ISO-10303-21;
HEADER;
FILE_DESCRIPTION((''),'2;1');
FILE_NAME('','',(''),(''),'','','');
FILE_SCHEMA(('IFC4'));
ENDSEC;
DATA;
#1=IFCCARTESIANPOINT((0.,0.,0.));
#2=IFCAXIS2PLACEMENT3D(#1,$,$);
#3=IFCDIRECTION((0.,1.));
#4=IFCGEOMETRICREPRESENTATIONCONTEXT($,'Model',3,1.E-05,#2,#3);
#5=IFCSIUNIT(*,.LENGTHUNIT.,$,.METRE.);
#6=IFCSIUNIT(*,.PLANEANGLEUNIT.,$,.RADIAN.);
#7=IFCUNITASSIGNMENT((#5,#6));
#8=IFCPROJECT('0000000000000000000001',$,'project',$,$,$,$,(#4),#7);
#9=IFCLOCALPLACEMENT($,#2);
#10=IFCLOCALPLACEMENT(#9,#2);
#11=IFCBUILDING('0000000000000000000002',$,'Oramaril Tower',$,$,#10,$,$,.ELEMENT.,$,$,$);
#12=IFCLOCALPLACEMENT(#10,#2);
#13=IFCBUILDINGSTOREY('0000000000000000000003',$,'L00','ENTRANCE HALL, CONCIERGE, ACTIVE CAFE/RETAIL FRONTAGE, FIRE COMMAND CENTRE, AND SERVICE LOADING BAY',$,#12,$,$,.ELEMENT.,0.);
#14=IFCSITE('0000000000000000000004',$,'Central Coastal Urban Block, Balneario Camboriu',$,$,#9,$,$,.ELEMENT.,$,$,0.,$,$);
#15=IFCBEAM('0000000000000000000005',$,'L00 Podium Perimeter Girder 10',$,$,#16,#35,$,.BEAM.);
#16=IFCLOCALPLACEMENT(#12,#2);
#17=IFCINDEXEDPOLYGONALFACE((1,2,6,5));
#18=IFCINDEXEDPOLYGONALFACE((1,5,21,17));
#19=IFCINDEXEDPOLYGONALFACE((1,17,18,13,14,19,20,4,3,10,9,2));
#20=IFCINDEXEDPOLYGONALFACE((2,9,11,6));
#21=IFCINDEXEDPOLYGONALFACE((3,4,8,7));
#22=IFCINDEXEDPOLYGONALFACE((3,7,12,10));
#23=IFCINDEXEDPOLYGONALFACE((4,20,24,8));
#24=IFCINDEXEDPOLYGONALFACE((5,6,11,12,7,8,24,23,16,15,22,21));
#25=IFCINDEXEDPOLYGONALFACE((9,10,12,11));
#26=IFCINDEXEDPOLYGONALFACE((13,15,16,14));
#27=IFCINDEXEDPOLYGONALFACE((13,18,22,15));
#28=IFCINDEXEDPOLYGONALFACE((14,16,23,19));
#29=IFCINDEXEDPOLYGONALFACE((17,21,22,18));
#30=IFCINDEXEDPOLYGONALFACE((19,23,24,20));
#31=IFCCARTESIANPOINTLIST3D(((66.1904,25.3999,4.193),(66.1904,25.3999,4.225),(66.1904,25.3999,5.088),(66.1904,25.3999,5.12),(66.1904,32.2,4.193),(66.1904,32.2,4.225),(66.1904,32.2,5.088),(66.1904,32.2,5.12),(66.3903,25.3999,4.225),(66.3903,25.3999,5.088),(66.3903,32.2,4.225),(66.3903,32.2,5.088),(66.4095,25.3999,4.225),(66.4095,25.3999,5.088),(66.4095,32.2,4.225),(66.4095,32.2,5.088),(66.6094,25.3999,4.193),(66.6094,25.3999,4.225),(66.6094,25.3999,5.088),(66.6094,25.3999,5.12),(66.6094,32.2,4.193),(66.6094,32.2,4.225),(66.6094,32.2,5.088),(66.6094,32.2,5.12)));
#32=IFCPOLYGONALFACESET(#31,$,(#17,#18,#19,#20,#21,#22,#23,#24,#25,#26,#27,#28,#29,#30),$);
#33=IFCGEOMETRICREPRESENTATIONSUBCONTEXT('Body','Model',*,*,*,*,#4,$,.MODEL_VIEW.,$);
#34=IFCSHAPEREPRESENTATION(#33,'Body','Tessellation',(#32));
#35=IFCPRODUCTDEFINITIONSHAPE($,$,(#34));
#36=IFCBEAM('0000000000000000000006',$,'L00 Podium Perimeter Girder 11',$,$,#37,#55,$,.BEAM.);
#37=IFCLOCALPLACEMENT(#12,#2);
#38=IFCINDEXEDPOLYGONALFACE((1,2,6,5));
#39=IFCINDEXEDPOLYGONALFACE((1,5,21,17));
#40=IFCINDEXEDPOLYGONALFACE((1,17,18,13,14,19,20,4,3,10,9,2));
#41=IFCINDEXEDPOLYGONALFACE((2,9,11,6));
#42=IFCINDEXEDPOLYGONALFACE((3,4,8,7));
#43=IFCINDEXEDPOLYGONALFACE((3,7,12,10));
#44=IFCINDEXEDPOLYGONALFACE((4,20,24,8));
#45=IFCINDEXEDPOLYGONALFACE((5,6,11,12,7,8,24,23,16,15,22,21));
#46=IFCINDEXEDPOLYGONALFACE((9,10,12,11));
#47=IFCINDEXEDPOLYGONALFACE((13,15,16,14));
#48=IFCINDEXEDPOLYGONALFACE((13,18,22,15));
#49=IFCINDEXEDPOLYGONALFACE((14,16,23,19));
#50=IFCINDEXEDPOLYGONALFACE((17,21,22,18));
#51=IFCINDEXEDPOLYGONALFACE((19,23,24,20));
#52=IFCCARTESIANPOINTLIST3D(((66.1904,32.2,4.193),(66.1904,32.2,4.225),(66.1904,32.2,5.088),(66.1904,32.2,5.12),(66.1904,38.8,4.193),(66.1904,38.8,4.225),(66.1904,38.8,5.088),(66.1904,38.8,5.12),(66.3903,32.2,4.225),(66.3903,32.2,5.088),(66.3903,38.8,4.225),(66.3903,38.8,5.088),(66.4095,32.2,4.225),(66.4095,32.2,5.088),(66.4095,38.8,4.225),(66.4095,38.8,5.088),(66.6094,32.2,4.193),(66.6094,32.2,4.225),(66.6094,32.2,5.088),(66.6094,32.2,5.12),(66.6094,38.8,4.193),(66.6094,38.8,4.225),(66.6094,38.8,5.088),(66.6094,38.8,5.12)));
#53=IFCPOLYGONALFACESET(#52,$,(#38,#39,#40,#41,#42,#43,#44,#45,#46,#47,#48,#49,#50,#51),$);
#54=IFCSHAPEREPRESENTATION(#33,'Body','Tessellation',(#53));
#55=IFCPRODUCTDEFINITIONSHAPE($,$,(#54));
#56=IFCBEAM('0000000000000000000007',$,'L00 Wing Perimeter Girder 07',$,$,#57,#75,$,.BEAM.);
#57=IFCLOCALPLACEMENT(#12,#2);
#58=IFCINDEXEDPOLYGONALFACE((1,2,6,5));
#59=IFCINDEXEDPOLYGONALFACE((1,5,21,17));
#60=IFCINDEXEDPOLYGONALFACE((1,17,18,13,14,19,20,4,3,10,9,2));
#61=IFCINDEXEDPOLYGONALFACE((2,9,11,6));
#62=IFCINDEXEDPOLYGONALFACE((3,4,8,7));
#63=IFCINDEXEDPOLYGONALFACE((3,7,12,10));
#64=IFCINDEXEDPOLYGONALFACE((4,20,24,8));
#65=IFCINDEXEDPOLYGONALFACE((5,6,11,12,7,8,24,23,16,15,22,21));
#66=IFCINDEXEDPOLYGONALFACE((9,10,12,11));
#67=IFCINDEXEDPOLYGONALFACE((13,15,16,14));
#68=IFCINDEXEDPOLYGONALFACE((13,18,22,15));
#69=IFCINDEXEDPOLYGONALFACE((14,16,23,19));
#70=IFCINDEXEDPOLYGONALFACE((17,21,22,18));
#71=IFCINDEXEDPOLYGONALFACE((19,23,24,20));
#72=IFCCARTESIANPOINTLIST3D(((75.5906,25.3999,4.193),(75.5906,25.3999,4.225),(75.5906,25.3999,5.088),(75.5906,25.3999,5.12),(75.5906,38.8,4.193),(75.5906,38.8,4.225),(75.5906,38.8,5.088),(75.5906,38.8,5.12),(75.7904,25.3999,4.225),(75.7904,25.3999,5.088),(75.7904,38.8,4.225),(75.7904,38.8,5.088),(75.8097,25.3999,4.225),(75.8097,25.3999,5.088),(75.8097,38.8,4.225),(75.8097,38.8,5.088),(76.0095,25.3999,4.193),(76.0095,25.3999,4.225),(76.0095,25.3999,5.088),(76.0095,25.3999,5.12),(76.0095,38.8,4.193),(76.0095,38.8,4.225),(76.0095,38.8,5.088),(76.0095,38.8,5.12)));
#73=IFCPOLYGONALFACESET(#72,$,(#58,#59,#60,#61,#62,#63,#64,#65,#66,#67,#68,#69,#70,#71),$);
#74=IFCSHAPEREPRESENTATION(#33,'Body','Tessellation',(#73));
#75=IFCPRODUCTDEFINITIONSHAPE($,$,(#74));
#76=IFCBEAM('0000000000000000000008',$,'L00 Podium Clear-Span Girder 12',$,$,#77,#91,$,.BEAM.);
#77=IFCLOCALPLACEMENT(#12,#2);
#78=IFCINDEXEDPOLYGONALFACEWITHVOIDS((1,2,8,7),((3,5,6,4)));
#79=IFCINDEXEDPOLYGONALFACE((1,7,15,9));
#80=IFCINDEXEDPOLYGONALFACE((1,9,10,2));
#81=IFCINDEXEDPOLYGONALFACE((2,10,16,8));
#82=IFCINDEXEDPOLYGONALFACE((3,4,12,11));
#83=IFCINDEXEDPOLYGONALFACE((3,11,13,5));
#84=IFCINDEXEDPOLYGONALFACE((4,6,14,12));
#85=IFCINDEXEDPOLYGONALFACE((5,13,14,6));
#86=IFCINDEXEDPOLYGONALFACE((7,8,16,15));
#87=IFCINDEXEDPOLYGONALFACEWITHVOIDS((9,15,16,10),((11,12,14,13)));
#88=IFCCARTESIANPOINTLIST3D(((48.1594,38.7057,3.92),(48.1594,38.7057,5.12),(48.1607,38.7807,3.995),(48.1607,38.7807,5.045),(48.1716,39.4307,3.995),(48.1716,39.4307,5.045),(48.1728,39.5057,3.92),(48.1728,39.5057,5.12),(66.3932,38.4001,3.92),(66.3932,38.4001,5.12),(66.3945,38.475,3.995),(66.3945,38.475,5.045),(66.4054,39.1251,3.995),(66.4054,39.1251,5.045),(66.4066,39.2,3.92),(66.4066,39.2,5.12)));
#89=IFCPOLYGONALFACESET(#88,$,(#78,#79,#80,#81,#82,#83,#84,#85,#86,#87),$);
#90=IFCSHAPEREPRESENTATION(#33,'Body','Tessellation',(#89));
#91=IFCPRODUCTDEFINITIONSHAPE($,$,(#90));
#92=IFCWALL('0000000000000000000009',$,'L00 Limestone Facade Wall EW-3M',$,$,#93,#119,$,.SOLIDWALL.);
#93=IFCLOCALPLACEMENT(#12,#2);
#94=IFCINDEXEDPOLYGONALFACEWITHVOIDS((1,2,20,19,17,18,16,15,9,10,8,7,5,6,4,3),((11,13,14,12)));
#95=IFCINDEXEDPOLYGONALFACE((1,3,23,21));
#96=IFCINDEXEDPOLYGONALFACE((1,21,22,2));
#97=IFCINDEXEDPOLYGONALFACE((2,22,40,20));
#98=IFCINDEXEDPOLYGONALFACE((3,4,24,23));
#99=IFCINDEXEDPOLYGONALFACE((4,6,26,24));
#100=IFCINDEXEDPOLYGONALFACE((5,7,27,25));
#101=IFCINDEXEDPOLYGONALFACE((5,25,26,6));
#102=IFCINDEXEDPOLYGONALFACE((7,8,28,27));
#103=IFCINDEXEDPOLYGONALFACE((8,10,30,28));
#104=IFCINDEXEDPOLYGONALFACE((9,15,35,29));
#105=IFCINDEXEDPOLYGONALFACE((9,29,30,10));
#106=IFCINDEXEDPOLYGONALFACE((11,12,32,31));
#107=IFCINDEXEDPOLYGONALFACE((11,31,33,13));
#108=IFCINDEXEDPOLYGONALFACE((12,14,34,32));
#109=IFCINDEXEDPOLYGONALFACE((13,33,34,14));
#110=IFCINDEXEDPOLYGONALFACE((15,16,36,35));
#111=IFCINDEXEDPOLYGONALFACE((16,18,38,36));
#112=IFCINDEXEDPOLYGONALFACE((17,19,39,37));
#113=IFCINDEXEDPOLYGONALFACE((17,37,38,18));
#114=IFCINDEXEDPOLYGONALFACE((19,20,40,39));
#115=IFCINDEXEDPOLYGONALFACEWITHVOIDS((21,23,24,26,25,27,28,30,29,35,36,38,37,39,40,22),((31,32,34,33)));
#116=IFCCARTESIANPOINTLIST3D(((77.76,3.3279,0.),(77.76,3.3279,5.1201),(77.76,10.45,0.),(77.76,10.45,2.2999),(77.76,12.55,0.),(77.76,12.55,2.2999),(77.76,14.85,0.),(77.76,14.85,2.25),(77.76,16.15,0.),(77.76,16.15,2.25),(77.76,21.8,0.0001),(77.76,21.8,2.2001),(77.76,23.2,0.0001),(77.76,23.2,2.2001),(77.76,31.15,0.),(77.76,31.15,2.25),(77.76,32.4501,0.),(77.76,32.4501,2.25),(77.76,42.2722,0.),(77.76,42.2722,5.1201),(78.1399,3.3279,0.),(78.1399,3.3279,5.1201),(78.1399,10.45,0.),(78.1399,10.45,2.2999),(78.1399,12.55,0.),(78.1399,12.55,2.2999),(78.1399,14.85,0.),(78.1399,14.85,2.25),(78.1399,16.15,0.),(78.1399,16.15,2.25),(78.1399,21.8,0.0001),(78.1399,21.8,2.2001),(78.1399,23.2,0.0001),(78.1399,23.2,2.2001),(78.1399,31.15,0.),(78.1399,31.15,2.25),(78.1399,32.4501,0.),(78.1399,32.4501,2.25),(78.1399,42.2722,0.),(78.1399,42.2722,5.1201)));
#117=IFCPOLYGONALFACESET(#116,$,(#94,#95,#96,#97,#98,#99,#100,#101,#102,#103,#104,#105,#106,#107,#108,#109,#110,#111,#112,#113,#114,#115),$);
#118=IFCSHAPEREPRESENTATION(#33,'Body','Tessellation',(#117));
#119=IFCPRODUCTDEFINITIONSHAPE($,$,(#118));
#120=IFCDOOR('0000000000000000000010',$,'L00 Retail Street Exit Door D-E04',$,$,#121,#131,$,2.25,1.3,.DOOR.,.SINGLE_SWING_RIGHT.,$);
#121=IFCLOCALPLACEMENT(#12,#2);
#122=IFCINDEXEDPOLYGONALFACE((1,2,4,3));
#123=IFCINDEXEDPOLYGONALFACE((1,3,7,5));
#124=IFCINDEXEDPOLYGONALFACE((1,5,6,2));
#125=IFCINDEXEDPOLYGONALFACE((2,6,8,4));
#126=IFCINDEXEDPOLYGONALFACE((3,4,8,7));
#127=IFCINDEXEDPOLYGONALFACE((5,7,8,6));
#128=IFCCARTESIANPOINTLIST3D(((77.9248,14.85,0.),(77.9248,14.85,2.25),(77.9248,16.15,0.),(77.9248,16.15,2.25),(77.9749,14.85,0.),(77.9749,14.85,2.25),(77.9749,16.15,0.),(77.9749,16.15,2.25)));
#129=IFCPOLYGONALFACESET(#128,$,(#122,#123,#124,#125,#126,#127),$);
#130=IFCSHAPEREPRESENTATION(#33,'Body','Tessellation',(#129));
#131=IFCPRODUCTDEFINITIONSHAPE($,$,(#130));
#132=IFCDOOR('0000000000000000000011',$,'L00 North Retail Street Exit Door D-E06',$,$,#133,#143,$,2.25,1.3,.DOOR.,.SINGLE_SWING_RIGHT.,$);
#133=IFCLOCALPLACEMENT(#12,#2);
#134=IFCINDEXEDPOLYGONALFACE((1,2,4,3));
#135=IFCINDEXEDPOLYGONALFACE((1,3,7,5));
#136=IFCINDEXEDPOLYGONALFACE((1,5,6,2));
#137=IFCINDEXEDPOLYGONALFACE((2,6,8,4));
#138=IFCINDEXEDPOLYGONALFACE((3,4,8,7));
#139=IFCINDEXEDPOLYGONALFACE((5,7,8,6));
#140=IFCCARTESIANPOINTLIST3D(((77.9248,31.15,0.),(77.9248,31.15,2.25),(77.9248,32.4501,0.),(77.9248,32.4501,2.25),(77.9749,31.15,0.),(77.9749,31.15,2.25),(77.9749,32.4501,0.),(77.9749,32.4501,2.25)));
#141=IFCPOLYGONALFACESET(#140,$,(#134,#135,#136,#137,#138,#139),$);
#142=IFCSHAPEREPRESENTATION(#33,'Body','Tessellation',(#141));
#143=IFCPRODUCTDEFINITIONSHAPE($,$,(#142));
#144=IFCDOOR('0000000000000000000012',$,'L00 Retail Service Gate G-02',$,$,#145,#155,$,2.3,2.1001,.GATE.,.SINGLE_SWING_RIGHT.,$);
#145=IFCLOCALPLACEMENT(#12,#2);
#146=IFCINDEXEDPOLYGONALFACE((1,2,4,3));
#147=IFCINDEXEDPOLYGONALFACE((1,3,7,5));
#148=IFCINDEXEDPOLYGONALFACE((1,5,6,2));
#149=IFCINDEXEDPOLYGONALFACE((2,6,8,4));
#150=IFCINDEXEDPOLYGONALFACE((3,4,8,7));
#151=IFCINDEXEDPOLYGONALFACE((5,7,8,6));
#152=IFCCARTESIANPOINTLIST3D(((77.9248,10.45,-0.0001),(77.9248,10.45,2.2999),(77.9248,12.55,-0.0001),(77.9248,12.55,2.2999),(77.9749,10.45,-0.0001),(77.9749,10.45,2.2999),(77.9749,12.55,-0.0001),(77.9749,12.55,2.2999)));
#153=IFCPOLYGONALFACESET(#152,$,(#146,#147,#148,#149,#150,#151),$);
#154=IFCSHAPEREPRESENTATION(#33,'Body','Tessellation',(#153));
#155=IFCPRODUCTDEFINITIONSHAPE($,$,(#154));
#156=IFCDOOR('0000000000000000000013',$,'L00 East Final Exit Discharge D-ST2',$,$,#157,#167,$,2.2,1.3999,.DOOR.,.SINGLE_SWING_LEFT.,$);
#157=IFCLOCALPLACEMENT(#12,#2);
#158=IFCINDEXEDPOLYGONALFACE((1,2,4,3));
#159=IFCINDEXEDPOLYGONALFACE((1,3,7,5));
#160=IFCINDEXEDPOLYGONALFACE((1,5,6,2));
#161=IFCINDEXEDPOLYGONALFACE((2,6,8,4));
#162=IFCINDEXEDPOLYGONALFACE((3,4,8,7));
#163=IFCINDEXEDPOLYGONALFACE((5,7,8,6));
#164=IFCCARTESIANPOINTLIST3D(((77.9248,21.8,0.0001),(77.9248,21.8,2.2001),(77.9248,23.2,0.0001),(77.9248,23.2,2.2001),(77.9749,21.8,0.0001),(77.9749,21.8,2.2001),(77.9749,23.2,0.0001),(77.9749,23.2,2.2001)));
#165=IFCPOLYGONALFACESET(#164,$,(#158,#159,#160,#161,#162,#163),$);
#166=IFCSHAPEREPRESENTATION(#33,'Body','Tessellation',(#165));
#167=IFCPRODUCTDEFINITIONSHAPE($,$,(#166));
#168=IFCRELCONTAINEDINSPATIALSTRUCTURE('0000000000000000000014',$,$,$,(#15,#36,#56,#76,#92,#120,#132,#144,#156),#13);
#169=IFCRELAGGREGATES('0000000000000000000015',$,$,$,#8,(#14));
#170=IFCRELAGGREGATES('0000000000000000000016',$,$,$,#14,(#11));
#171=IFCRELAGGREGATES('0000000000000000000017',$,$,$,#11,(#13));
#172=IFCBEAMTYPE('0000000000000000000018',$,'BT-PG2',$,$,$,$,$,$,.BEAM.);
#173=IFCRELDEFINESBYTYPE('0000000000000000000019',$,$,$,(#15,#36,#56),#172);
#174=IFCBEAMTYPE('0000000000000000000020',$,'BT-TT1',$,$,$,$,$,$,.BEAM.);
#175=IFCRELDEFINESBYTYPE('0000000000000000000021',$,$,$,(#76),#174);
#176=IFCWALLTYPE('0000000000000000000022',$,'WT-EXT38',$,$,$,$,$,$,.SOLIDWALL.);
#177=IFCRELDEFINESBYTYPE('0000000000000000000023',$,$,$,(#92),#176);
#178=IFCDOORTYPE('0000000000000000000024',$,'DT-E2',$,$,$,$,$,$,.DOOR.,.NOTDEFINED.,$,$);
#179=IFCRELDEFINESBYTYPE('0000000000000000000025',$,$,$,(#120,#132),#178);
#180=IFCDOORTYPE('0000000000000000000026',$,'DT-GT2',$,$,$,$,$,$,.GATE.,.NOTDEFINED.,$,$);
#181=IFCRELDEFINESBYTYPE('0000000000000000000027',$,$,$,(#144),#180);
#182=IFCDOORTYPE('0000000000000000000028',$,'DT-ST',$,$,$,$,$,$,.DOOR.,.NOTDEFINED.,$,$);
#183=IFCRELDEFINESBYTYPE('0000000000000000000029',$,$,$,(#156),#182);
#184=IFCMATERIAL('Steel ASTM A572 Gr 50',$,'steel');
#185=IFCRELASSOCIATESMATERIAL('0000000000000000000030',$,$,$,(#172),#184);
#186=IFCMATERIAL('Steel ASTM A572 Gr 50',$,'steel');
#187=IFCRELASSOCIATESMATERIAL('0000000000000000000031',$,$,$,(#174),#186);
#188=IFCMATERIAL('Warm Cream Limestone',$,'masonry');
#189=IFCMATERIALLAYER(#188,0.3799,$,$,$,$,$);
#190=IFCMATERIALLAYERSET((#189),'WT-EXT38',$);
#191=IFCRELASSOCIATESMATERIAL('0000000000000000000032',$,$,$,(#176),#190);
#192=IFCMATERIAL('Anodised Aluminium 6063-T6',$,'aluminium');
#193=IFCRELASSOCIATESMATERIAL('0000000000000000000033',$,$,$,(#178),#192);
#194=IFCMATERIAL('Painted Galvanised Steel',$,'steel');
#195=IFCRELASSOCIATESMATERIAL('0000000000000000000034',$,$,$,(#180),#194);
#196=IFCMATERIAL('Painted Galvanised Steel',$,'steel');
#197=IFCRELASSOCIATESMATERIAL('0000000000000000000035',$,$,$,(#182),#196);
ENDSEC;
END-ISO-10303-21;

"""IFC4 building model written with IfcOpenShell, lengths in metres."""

from ifc_helpers import new_model, si_unit, direction, frame, frame_2d, origin, origin_2d, place, context, subcontext, project, spatial, rectangle, hollow_rectangle, i_section, extrude, material, layer, layer_set, material_profile, profile_set, type_object, element, fill, save


model = new_model("IFC4")

# Units and contexts
model_context = context("Model", 3, precision=1e-05, world=origin(), true_north=direction((0.0, 1.0)))
body_context = subcontext(model_context, "Body", "Model", "MODEL_VIEW")
ifc_project = project(units=[si_unit("LENGTHUNIT", "METRE"), si_unit("PLANEANGLEUNIT", "RADIAN")], contexts=[model_context])

# Site, building, storey
site_placement = place(None, origin())
site = spatial("IfcSite", under=ifc_project, at=site_placement, Name="Central Coastal Urban Block, Balneario Camboriu", CompositionType="ELEMENT", RefElevation=0.0)
building_placement = place(site_placement, origin())
building = spatial("IfcBuilding", under=site, at=building_placement, Name="Oramaril Tower", CompositionType="ELEMENT")
storey_placement = place(building_placement, origin())
storey = spatial("IfcBuildingStorey", under=building, at=storey_placement, Name="L00", Description="ENTRANCE HALL, CONCIERGE, ACTIVE CAFE/RETAIL FRONTAGE, FIRE COMMAND CENTRE, AND SERVICE LOADING BAY", CompositionType="ELEMENT", Elevation=0.0)

# Beams
ifc_material_1 = material(Name="Steel ASTM A572 Gr 50", Category="steel")
ifc_material_profile_1 = material_profile(ifc_material_1, i_section(OverallWidth=0.4189, OverallDepth=0.927, WebThickness=0.0193, FlangeThickness=0.032, at=origin_2d()), Name="W36X231")
ifc_profile_set_1 = profile_set([ifc_material_profile_1], Name="Steel ASTM A572 Gr 50")
beam_type_1 = type_object("IfcBeamType", Name="BT-PG2", PredefinedType="BEAM", material=ifc_profile_set_1)
beam_1_placement = place(storey_placement, frame((66.3999, 25.3999, 4.6565), z_axis=(0.0, 1.0, 0.0), x_axis=(-1.0, 0.0, 0.0)))
element("IfcBeam", 1, at=beam_1_placement, inside=storey, type_object=beam_type_1, Name="L00 Podium Perimeter Girder 10", PredefinedType="BEAM", context=body_context, shape_type="SweptSolid", body=[
    extrude(i_section(OverallWidth=0.4189, OverallDepth=0.927, WebThickness=0.0193, FlangeThickness=0.032, at=origin_2d()), origin(), (0.0, 0.0, 1.0), 6.8),
])
beam_2_placement = place(storey_placement, frame((66.3999, 32.2, 4.6565), z_axis=(0.0, 1.0, 0.0), x_axis=(-1.0, 0.0, 0.0)))
element("IfcBeam", 2, at=beam_2_placement, inside=storey, type_object=beam_type_1, Name="L00 Podium Perimeter Girder 11", PredefinedType="BEAM", context=body_context, shape_type="SweptSolid", body=[
    extrude(i_section(OverallWidth=0.4189, OverallDepth=0.927, WebThickness=0.0193, FlangeThickness=0.032, at=origin_2d()), origin(), (0.0, 0.0, 1.0), 6.6001),
])
beam_3_placement = place(storey_placement, frame((75.8, 25.3999, 4.6565), z_axis=(0.0, 1.0, 0.0), x_axis=(-1.0, 0.0, 0.0)))
element("IfcBeam", 3, at=beam_3_placement, inside=storey, type_object=beam_type_1, Name="L00 Wing Perimeter Girder 07", PredefinedType="BEAM", context=body_context, shape_type="SweptSolid", body=[
    extrude(i_section(OverallWidth=0.4189, OverallDepth=0.927, WebThickness=0.0193, FlangeThickness=0.032, at=origin_2d()), origin(), (0.0, 0.0, 1.0), 13.4001),
])
ifc_material_2 = material(Name="Steel ASTM A572 Gr 50", Category="steel")
ifc_material_profile_2 = material_profile(ifc_material_2, hollow_rectangle(XDim=0.8, YDim=1.2, WallThickness=0.075, at=origin_2d()), Name="BOX1200X800X75")
ifc_profile_set_2 = profile_set([ifc_material_profile_2], Name="Steel ASTM A572 Gr 50")
beam_type_2 = type_object("IfcBeamType", Name="BT-TT1", PredefinedType="BEAM", material=ifc_profile_set_2)
beam_4_placement = place(storey_placement, frame((66.3999, 38.8, 4.52), z_axis=(-0.99986, 0.016761, 0.0), x_axis=(-0.016761, -0.99986, 0.0)))
element("IfcBeam", 4, at=beam_4_placement, inside=storey, type_object=beam_type_2, Name="L00 Podium Clear-Span Girder 12", PredefinedType="BEAM", context=body_context, shape_type="SweptSolid", body=[
    extrude(hollow_rectangle(XDim=0.8, YDim=1.2, WallThickness=0.075, at=origin_2d()), origin(), (0.0, 0.0, 1.0), 18.2363),
])

# Wall, openings, doors
ifc_material_3 = material(Name="Warm Cream Limestone", Category="masonry")
ifc_layer_1 = layer(ifc_material_3, 0.3799)
ifc_layer_set_1 = layer_set([ifc_layer_1], Name="WT-EXT38")
wall_type = type_object("IfcWallType", Name="WT-EXT38", PredefinedType="SOLIDWALL", material=ifc_layer_set_1)
wall_1_placement = place(storey_placement, frame((77.95, 42.2722, 0.0), z_axis=(0.0, 0.0, 1.0), x_axis=(0.0, -1.0, 0.0)))
wall_1 = element("IfcWall", 5, at=wall_1_placement, inside=storey, type_object=wall_type, Name="L00 Limestone Facade Wall EW-3M", PredefinedType="SOLIDWALL", context=body_context, shape_type="SweptSolid", body=[
    extrude(rectangle(XDim=38.9443, YDim=0.3799, at=frame_2d((19.4722, 0.0))), origin(), (0.0, 0.0, 1.0), 5.1201),
])
opening_1_placement = place(wall_1_placement, frame((26.1223, 0.0, 0.0)))
opening_1 = element("IfcOpeningElement", 6, at=opening_1_placement, cuts=wall_1, PredefinedType="OPENING", context=body_context, shape_type="SweptSolid", body=[
    extrude(rectangle(XDim=1.3, YDim=2.25, at=frame_2d((0.6499, 1.125))), frame((0.0, 0.1899, 0.0), z_axis=(0.0, -1.0, 0.0), x_axis=(1.0, 0.0, 0.0)), (0.0, 0.0, 1.0), 0.3799),
])
opening_2_placement = place(wall_1_placement, frame((19.0723, 0.0, 0.0)))
opening_2 = element("IfcOpeningElement", 7, at=opening_2_placement, cuts=wall_1, PredefinedType="OPENING", context=body_context, shape_type="SweptSolid", body=[
    extrude(rectangle(XDim=1.3999, YDim=2.2, at=frame_2d((0.7, 1.1001))), frame((0.0, 0.1899, 0.0), z_axis=(0.0, -1.0, 0.0), x_axis=(1.0, 0.0, 0.0)), (0.0, 0.0, 1.0), 0.3799),
])
opening_3_placement = place(wall_1_placement, frame((29.7222, 0.0, 0.0)))
opening_3 = element("IfcOpeningElement", 8, at=opening_3_placement, cuts=wall_1, PredefinedType="OPENING", context=body_context, shape_type="SweptSolid", body=[
    extrude(rectangle(XDim=2.1001, YDim=2.3, at=frame_2d((1.05, 1.1499))), frame((0.0, 0.1899, 0.0), z_axis=(0.0, -1.0, 0.0), x_axis=(1.0, 0.0, 0.0)), (0.0, 0.0, 1.0), 0.3799),
])
opening_4_placement = place(wall_1_placement, frame((9.8223, 0.0, 0.0)))
opening_4 = element("IfcOpeningElement", 9, at=opening_4_placement, cuts=wall_1, PredefinedType="OPENING", context=body_context, shape_type="SweptSolid", body=[
    extrude(rectangle(XDim=1.3, YDim=2.25, at=frame_2d((0.6499, 1.125))), frame((0.0, 0.1899, 0.0), z_axis=(0.0, -1.0, 0.0), x_axis=(1.0, 0.0, 0.0)), (0.0, 0.0, 1.0), 0.3799),
])
ifc_material_4 = material(Name="Anodised Aluminium 6063-T6", Category="aluminium")
door_type_1 = type_object("IfcDoorType", Name="DT-E2", OperationType="NOTDEFINED", PredefinedType="DOOR", material=ifc_material_4)
door_1_placement = place(opening_1_placement, origin())
door_1 = element("IfcDoor", 10, at=door_1_placement, inside=storey, type_object=door_type_1, Name="L00 Retail Street Exit Door D-E04", OperationType="SINGLE_SWING_RIGHT", OverallHeight=2.25, OverallWidth=1.3, PredefinedType="DOOR", context=body_context, shape_type="SweptSolid", body=[
    extrude(rectangle(XDim=1.3, YDim=2.25, at=frame_2d((0.6499, 1.125))), frame((0.0, 0.0249, 0.0), z_axis=(0.0, -1.0, 0.0), x_axis=(1.0, 0.0, 0.0)), (0.0, 0.0, 1.0), 0.05),
])
fill(opening_1, door_1)
door_2_placement = place(opening_4_placement, origin())
door_2 = element("IfcDoor", 11, at=door_2_placement, inside=storey, type_object=door_type_1, Name="L00 North Retail Street Exit Door D-E06", OperationType="SINGLE_SWING_RIGHT", OverallHeight=2.25, OverallWidth=1.3, PredefinedType="DOOR", context=body_context, shape_type="SweptSolid", body=[
    extrude(rectangle(XDim=1.3, YDim=2.25, at=frame_2d((0.6499, 1.125))), frame((0.0, 0.0249, 0.0), z_axis=(0.0, -1.0, 0.0), x_axis=(1.0, 0.0, 0.0)), (0.0, 0.0, 1.0), 0.05),
])
fill(opening_4, door_2)
ifc_material_5 = material(Name="Painted Galvanised Steel", Category="steel")
door_type_2 = type_object("IfcDoorType", Name="DT-GT2", OperationType="NOTDEFINED", PredefinedType="GATE", material=ifc_material_5)
door_3_placement = place(opening_3_placement, origin())
door_3 = element("IfcDoor", 12, at=door_3_placement, inside=storey, type_object=door_type_2, Name="L00 Retail Service Gate G-02", OperationType="SINGLE_SWING_RIGHT", OverallHeight=2.3, OverallWidth=2.1001, PredefinedType="GATE", context=body_context, shape_type="SweptSolid", body=[
    extrude(rectangle(XDim=2.1001, YDim=2.3, at=frame_2d((1.05, 1.1499))), frame((0.0, 0.0249, 0.0), z_axis=(0.0, -1.0, 0.0), x_axis=(1.0, 0.0, 0.0)), (0.0, 0.0, 1.0), 0.05),
])
fill(opening_3, door_3)
ifc_material_6 = material(Name="Painted Galvanised Steel", Category="steel")
door_type_3 = type_object("IfcDoorType", Name="DT-ST", OperationType="NOTDEFINED", PredefinedType="DOOR", material=ifc_material_6)
door_4_placement = place(opening_2_placement, origin())
door_4 = element("IfcDoor", 13, at=door_4_placement, inside=storey, type_object=door_type_3, Name="L00 East Final Exit Discharge D-ST2", OperationType="SINGLE_SWING_LEFT", OverallHeight=2.2, OverallWidth=1.3999, PredefinedType="DOOR", context=body_context, shape_type="SweptSolid", body=[
    extrude(rectangle(XDim=1.3999, YDim=2.2, at=frame_2d((0.7, 1.1001))), frame((0.0, 0.0249, 0.0), z_axis=(0.0, -1.0, 0.0), x_axis=(1.0, 0.0, 0.0)), (0.0, 0.0, 1.0), 0.05),
])
fill(opening_2, door_4)

save(model, "model.ifc")
